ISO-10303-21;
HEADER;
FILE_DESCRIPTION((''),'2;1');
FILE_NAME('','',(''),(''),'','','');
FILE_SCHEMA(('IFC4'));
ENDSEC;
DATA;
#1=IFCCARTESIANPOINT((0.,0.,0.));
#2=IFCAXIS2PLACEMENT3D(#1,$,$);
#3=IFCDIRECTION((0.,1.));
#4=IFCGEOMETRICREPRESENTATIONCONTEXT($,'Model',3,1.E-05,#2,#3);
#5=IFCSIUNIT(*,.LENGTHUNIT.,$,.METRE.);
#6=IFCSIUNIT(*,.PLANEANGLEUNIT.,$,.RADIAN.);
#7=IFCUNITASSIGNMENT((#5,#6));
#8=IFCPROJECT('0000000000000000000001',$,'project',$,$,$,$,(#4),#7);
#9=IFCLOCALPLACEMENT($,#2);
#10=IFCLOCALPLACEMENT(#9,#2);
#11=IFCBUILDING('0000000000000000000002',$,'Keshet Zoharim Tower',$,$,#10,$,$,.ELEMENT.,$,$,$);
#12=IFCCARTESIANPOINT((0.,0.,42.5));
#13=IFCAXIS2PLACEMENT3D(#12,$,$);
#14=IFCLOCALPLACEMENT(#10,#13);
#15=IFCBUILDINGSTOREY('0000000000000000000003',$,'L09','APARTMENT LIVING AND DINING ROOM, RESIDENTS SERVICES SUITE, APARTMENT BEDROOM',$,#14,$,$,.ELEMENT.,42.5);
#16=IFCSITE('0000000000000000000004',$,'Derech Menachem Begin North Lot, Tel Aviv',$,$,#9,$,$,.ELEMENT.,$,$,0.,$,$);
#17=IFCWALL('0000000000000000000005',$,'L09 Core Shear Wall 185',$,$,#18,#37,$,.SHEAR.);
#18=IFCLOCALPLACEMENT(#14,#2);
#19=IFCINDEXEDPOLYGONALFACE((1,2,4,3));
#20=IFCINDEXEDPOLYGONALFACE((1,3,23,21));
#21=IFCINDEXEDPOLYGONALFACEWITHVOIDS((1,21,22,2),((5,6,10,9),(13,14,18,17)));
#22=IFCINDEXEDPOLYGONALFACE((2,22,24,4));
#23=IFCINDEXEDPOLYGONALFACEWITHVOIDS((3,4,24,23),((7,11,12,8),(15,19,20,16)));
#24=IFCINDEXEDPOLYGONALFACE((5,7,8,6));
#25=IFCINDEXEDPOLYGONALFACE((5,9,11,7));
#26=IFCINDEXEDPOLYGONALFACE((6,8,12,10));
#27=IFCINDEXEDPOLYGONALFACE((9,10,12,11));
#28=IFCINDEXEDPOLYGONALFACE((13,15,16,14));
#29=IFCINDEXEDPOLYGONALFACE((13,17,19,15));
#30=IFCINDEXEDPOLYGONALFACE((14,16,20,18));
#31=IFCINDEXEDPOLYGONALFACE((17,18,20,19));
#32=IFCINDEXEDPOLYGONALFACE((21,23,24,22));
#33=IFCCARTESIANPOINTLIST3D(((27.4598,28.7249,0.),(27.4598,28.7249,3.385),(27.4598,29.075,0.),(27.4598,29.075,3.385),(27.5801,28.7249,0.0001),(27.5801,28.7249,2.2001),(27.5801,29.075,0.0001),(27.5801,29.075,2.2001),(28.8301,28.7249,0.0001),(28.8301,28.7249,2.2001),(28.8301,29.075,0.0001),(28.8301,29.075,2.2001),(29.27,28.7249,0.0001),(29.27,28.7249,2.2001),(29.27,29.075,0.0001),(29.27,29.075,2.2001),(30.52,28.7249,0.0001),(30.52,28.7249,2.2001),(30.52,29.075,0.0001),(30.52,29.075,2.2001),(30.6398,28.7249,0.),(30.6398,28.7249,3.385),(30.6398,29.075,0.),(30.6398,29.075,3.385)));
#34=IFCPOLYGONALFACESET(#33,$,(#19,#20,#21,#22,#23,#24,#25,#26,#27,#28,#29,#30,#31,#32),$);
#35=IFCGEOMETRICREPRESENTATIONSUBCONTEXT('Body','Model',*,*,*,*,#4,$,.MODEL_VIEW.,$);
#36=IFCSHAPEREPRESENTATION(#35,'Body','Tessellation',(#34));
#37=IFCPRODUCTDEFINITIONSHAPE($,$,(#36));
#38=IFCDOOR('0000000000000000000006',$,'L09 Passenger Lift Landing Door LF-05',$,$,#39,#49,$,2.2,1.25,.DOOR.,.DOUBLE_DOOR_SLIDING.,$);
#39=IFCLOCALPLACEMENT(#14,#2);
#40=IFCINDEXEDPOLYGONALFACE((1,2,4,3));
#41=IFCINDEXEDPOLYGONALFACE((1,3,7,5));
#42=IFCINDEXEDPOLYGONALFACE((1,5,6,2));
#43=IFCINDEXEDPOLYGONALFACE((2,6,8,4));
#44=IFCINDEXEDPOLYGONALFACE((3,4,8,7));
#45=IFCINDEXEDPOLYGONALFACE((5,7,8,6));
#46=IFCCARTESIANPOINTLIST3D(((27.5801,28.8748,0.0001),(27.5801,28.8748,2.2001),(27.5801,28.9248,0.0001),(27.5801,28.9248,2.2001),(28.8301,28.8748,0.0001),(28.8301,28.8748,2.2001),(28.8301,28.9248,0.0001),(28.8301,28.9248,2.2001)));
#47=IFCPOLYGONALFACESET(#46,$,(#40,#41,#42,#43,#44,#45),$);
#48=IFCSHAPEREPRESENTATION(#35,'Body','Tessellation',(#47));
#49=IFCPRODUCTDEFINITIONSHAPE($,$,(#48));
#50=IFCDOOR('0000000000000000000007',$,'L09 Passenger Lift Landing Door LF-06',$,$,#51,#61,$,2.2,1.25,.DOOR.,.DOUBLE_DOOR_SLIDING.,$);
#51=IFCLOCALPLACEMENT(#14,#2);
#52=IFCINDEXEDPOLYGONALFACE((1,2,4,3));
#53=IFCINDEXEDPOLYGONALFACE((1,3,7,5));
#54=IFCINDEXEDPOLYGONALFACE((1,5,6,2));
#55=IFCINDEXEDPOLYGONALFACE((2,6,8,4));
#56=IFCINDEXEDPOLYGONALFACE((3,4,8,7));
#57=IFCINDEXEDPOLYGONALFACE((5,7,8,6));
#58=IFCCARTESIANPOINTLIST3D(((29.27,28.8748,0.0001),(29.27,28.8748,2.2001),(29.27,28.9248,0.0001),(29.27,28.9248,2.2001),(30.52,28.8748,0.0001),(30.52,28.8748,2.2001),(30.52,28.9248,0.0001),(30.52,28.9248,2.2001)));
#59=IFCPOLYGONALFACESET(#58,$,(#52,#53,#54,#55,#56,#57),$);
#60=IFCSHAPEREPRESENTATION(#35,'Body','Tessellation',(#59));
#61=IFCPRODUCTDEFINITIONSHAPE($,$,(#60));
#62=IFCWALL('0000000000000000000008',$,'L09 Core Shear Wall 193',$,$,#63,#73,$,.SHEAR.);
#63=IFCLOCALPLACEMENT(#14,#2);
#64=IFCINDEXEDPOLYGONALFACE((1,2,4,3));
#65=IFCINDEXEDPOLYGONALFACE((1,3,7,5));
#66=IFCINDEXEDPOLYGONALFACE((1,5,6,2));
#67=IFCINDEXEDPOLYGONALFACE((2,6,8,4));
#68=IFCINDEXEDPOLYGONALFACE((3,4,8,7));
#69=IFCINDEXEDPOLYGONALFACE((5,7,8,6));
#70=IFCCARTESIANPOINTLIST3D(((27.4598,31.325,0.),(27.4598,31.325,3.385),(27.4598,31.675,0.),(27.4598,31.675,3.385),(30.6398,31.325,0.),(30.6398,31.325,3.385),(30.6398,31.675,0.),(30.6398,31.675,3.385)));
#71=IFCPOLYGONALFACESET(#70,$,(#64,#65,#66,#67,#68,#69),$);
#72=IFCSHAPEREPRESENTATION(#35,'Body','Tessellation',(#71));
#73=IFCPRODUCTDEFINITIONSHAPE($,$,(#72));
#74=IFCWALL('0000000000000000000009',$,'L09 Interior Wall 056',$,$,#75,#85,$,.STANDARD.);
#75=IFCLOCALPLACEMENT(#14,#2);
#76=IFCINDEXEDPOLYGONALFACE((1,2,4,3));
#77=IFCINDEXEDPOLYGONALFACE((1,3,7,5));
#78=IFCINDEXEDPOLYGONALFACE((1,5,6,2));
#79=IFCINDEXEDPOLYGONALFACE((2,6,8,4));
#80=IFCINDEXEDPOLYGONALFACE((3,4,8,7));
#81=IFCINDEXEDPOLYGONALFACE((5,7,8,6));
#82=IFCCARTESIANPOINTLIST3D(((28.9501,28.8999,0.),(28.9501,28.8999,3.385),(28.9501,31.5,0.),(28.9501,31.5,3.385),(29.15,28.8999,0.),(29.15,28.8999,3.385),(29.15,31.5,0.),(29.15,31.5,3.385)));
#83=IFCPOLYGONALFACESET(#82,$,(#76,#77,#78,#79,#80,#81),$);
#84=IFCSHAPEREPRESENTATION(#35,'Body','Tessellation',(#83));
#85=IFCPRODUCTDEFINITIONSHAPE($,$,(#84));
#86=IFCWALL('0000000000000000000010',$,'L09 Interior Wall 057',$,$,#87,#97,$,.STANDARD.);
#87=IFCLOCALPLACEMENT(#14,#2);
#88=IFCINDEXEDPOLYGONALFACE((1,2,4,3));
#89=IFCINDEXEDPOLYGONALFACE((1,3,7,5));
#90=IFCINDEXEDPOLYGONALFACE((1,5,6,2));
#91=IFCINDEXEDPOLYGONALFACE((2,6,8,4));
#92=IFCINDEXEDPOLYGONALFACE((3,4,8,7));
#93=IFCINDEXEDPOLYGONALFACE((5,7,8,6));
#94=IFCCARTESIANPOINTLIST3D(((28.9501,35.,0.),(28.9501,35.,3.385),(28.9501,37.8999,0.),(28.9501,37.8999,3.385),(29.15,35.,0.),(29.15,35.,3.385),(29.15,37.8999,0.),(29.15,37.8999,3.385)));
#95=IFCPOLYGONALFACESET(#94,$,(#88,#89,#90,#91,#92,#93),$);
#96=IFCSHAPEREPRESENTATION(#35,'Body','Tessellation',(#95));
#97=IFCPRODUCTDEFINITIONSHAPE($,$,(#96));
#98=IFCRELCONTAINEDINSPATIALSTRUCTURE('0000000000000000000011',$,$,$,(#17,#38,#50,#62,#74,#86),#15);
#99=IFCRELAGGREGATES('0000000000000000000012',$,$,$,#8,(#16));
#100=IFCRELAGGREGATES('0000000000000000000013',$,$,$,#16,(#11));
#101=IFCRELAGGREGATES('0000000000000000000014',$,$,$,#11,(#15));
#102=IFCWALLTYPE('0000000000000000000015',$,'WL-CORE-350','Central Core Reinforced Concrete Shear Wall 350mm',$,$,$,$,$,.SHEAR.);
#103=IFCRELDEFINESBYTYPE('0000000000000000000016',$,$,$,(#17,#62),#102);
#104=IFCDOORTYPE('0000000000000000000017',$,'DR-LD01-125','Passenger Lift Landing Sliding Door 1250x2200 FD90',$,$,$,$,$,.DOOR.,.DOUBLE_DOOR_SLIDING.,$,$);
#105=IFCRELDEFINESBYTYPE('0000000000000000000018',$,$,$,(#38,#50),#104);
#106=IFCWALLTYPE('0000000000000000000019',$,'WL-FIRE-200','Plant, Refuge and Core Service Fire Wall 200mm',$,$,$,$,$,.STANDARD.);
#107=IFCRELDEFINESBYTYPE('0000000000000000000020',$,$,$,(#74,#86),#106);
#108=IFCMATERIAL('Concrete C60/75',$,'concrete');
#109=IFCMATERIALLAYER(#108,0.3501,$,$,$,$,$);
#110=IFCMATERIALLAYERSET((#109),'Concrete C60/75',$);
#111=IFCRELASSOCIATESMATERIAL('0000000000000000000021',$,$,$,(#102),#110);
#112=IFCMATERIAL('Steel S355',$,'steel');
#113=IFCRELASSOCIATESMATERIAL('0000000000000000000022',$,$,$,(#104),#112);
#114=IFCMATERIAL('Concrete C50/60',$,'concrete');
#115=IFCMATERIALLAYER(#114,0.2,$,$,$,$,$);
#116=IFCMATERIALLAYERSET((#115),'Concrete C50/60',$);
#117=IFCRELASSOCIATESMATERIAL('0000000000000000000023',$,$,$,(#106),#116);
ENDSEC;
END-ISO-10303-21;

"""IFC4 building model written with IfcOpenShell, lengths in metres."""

from ifc_helpers import new_model, si_unit, direction, frame, frame_2d, origin, place, context, subcontext, project, spatial, rectangle, extrude, material, layer, layer_set, type_object, element, fill, save


model = new_model("IFC4")

# Units and contexts
model_context = context("Model", 3, precision=1e-05, world=origin(), true_north=direction((0.0, 1.0)))
body_context = subcontext(model_context, "Body", "Model", "MODEL_VIEW")
ifc_project = project(units=[si_unit("LENGTHUNIT", "METRE"), si_unit("PLANEANGLEUNIT", "RADIAN")], contexts=[model_context])

# Site, building, storey
site_placement = place(None, origin())
site = spatial("IfcSite", under=ifc_project, at=site_placement, Name="Derech Menachem Begin North Lot, Tel Aviv", CompositionType="ELEMENT", RefElevation=0.0)
building_placement = place(site_placement, origin())
building = spatial("IfcBuilding", under=site, at=building_placement, Name="Keshet Zoharim Tower", CompositionType="ELEMENT")
storey_placement = place(building_placement, frame((0.0, 0.0, 42.5)))
storey = spatial("IfcBuildingStorey", under=building, at=storey_placement, Name="L09", Description="APARTMENT LIVING AND DINING ROOM, RESIDENTS SERVICES SUITE, APARTMENT BEDROOM", CompositionType="ELEMENT", Elevation=42.5)

# Shared definitions
ifc_material_1 = material(Name="Concrete C60/75", Category="concrete")

# Shared definitions
ifc_material_2 = material(Name="Steel S355", Category="steel")

# Shared definitions
ifc_layer_1 = layer(ifc_material_1, 0.3501)
ifc_layer_set_1 = layer_set([ifc_layer_1], Name="Concrete C60/75")
wall_type_1 = type_object("IfcWallType", Name="WL-CORE-350", Description="Central Core Reinforced Concrete Shear Wall 350mm", PredefinedType="SHEAR", material=ifc_layer_set_1)

# Wall, openings, doors
door_type_1 = type_object("IfcDoorType", Name="DR-LD01-125", Description="Passenger Lift Landing Sliding Door 1250x2200 FD90", OperationType="DOUBLE_DOOR_SLIDING", PredefinedType="DOOR", material=ifc_material_2)
wall_1_placement = place(storey_placement, frame((27.46, 28.8999, 0.0), z_axis=(0.0, 0.0, 1.0), x_axis=(1.0, 0.0, 0.0)))
wall_1 = element("IfcWall", 1, at=wall_1_placement, inside=storey, type_object=wall_type_1, Name="L09 Core Shear Wall 185", PredefinedType="SHEAR", context=body_context, shape_type="SweptSolid", body=[
    extrude(rectangle(XDim=3.1799, YDim=0.3501, at=frame_2d((1.5898, 0.0))), origin(), (0.0, 0.0, 1.0), 3.385),
])
opening_1_placement = place(wall_1_placement, frame((0.1201, 0.0, 0.0)))
opening_1 = element("IfcOpeningElement", 2, at=opening_1_placement, cuts=wall_1, PredefinedType="OPENING", context=body_context, shape_type="SweptSolid", body=[
    extrude(rectangle(XDim=1.25, YDim=2.2, at=frame_2d((0.625, 1.1001))), frame((0.0, 0.1851, 0.0), z_axis=(0.0, -1.0, 0.0), x_axis=(1.0, 0.0, 0.0)), (0.0, 0.0, 1.0), 0.3701),
])
opening_2_placement = place(wall_1_placement, frame((1.8101, 0.0, 0.0)))
opening_2 = element("IfcOpeningElement", 3, at=opening_2_placement, cuts=wall_1, PredefinedType="OPENING", context=body_context, shape_type="SweptSolid", body=[
    extrude(rectangle(XDim=1.25, YDim=2.2, at=frame_2d((0.625, 1.1001))), frame((0.0, 0.1851, 0.0), z_axis=(0.0, -1.0, 0.0), x_axis=(1.0, 0.0, 0.0)), (0.0, 0.0, 1.0), 0.3701),
])
door_1_placement = place(opening_1_placement, origin())
door_1 = element("IfcDoor", 4, at=door_1_placement, inside=storey, type_object=door_type_1, Name="L09 Passenger Lift Landing Door LF-05", OperationType="DOUBLE_DOOR_SLIDING", OverallHeight=2.2, OverallWidth=1.25, PredefinedType="DOOR", context=body_context, shape_type="SweptSolid", body=[
    extrude(rectangle(XDim=1.25, YDim=2.2, at=frame_2d((0.625, 1.1001))), frame((0.0, 0.0249, 0.0), z_axis=(0.0, -1.0, 0.0), x_axis=(1.0, 0.0, 0.0)), (0.0, 0.0, 1.0), 0.05),
])
fill(opening_1, door_1)
door_2_placement = place(opening_2_placement, origin())
door_2 = element("IfcDoor", 5, at=door_2_placement, inside=storey, type_object=door_type_1, Name="L09 Passenger Lift Landing Door LF-06", OperationType="DOUBLE_DOOR_SLIDING", OverallHeight=2.2, OverallWidth=1.25, PredefinedType="DOOR", context=body_context, shape_type="SweptSolid", body=[
    extrude(rectangle(XDim=1.25, YDim=2.2, at=frame_2d((0.625, 1.1001))), frame((0.0, 0.0249, 0.0), z_axis=(0.0, -1.0, 0.0), x_axis=(1.0, 0.0, 0.0)), (0.0, 0.0, 1.0), 0.05),
])
fill(opening_2, door_2)

# Walls
wall_2_placement = place(storey_placement, frame((27.46, 31.5, 0.0), z_axis=(0.0, 0.0, 1.0), x_axis=(1.0, 0.0, 0.0)))
element("IfcWall", 6, at=wall_2_placement, inside=storey, type_object=wall_type_1, Name="L09 Core Shear Wall 193", PredefinedType="SHEAR", context=body_context, shape_type="SweptSolid", body=[
    extrude(rectangle(XDim=3.1799, YDim=0.3501, at=frame_2d((1.5898, 0.0))), origin(), (0.0, 0.0, 1.0), 3.385),
])
ifc_material_3 = material(Name="Concrete C50/60", Category="concrete")
ifc_layer_2 = layer(ifc_material_3, 0.2)
ifc_layer_set_2 = layer_set([ifc_layer_2], Name="Concrete C50/60")
wall_type_2 = type_object("IfcWallType", Name="WL-FIRE-200", Description="Plant, Refuge and Core Service Fire Wall 200mm", PredefinedType="STANDARD", material=ifc_layer_set_2)
wall_3_placement = place(storey_placement, frame((29.05, 28.8999, 0.0), z_axis=(0.0, 0.0, 1.0), x_axis=(0.0, 1.0, 0.0)))
element("IfcWall", 7, at=wall_3_placement, inside=storey, type_object=wall_type_2, Name="L09 Interior Wall 056", PredefinedType="STANDARD", context=body_context, shape_type="SweptSolid", body=[
    extrude(rectangle(XDim=2.6001, YDim=0.2, at=frame_2d((1.3, 0.0))), origin(), (0.0, 0.0, 1.0), 3.385),
])
wall_4_placement = place(storey_placement, frame((29.05, 35.0, 0.0), z_axis=(0.0, 0.0, 1.0), x_axis=(0.0, 1.0, 0.0)))
element("IfcWall", 8, at=wall_4_placement, inside=storey, type_object=wall_type_2, Name="L09 Interior Wall 057", PredefinedType="STANDARD", context=body_context, shape_type="SweptSolid", body=[
    extrude(rectangle(XDim=2.8999, YDim=0.2, at=frame_2d((1.45, 0.0))), origin(), (0.0, 0.0, 1.0), 3.385),
])

save(model, "model.ifc")
